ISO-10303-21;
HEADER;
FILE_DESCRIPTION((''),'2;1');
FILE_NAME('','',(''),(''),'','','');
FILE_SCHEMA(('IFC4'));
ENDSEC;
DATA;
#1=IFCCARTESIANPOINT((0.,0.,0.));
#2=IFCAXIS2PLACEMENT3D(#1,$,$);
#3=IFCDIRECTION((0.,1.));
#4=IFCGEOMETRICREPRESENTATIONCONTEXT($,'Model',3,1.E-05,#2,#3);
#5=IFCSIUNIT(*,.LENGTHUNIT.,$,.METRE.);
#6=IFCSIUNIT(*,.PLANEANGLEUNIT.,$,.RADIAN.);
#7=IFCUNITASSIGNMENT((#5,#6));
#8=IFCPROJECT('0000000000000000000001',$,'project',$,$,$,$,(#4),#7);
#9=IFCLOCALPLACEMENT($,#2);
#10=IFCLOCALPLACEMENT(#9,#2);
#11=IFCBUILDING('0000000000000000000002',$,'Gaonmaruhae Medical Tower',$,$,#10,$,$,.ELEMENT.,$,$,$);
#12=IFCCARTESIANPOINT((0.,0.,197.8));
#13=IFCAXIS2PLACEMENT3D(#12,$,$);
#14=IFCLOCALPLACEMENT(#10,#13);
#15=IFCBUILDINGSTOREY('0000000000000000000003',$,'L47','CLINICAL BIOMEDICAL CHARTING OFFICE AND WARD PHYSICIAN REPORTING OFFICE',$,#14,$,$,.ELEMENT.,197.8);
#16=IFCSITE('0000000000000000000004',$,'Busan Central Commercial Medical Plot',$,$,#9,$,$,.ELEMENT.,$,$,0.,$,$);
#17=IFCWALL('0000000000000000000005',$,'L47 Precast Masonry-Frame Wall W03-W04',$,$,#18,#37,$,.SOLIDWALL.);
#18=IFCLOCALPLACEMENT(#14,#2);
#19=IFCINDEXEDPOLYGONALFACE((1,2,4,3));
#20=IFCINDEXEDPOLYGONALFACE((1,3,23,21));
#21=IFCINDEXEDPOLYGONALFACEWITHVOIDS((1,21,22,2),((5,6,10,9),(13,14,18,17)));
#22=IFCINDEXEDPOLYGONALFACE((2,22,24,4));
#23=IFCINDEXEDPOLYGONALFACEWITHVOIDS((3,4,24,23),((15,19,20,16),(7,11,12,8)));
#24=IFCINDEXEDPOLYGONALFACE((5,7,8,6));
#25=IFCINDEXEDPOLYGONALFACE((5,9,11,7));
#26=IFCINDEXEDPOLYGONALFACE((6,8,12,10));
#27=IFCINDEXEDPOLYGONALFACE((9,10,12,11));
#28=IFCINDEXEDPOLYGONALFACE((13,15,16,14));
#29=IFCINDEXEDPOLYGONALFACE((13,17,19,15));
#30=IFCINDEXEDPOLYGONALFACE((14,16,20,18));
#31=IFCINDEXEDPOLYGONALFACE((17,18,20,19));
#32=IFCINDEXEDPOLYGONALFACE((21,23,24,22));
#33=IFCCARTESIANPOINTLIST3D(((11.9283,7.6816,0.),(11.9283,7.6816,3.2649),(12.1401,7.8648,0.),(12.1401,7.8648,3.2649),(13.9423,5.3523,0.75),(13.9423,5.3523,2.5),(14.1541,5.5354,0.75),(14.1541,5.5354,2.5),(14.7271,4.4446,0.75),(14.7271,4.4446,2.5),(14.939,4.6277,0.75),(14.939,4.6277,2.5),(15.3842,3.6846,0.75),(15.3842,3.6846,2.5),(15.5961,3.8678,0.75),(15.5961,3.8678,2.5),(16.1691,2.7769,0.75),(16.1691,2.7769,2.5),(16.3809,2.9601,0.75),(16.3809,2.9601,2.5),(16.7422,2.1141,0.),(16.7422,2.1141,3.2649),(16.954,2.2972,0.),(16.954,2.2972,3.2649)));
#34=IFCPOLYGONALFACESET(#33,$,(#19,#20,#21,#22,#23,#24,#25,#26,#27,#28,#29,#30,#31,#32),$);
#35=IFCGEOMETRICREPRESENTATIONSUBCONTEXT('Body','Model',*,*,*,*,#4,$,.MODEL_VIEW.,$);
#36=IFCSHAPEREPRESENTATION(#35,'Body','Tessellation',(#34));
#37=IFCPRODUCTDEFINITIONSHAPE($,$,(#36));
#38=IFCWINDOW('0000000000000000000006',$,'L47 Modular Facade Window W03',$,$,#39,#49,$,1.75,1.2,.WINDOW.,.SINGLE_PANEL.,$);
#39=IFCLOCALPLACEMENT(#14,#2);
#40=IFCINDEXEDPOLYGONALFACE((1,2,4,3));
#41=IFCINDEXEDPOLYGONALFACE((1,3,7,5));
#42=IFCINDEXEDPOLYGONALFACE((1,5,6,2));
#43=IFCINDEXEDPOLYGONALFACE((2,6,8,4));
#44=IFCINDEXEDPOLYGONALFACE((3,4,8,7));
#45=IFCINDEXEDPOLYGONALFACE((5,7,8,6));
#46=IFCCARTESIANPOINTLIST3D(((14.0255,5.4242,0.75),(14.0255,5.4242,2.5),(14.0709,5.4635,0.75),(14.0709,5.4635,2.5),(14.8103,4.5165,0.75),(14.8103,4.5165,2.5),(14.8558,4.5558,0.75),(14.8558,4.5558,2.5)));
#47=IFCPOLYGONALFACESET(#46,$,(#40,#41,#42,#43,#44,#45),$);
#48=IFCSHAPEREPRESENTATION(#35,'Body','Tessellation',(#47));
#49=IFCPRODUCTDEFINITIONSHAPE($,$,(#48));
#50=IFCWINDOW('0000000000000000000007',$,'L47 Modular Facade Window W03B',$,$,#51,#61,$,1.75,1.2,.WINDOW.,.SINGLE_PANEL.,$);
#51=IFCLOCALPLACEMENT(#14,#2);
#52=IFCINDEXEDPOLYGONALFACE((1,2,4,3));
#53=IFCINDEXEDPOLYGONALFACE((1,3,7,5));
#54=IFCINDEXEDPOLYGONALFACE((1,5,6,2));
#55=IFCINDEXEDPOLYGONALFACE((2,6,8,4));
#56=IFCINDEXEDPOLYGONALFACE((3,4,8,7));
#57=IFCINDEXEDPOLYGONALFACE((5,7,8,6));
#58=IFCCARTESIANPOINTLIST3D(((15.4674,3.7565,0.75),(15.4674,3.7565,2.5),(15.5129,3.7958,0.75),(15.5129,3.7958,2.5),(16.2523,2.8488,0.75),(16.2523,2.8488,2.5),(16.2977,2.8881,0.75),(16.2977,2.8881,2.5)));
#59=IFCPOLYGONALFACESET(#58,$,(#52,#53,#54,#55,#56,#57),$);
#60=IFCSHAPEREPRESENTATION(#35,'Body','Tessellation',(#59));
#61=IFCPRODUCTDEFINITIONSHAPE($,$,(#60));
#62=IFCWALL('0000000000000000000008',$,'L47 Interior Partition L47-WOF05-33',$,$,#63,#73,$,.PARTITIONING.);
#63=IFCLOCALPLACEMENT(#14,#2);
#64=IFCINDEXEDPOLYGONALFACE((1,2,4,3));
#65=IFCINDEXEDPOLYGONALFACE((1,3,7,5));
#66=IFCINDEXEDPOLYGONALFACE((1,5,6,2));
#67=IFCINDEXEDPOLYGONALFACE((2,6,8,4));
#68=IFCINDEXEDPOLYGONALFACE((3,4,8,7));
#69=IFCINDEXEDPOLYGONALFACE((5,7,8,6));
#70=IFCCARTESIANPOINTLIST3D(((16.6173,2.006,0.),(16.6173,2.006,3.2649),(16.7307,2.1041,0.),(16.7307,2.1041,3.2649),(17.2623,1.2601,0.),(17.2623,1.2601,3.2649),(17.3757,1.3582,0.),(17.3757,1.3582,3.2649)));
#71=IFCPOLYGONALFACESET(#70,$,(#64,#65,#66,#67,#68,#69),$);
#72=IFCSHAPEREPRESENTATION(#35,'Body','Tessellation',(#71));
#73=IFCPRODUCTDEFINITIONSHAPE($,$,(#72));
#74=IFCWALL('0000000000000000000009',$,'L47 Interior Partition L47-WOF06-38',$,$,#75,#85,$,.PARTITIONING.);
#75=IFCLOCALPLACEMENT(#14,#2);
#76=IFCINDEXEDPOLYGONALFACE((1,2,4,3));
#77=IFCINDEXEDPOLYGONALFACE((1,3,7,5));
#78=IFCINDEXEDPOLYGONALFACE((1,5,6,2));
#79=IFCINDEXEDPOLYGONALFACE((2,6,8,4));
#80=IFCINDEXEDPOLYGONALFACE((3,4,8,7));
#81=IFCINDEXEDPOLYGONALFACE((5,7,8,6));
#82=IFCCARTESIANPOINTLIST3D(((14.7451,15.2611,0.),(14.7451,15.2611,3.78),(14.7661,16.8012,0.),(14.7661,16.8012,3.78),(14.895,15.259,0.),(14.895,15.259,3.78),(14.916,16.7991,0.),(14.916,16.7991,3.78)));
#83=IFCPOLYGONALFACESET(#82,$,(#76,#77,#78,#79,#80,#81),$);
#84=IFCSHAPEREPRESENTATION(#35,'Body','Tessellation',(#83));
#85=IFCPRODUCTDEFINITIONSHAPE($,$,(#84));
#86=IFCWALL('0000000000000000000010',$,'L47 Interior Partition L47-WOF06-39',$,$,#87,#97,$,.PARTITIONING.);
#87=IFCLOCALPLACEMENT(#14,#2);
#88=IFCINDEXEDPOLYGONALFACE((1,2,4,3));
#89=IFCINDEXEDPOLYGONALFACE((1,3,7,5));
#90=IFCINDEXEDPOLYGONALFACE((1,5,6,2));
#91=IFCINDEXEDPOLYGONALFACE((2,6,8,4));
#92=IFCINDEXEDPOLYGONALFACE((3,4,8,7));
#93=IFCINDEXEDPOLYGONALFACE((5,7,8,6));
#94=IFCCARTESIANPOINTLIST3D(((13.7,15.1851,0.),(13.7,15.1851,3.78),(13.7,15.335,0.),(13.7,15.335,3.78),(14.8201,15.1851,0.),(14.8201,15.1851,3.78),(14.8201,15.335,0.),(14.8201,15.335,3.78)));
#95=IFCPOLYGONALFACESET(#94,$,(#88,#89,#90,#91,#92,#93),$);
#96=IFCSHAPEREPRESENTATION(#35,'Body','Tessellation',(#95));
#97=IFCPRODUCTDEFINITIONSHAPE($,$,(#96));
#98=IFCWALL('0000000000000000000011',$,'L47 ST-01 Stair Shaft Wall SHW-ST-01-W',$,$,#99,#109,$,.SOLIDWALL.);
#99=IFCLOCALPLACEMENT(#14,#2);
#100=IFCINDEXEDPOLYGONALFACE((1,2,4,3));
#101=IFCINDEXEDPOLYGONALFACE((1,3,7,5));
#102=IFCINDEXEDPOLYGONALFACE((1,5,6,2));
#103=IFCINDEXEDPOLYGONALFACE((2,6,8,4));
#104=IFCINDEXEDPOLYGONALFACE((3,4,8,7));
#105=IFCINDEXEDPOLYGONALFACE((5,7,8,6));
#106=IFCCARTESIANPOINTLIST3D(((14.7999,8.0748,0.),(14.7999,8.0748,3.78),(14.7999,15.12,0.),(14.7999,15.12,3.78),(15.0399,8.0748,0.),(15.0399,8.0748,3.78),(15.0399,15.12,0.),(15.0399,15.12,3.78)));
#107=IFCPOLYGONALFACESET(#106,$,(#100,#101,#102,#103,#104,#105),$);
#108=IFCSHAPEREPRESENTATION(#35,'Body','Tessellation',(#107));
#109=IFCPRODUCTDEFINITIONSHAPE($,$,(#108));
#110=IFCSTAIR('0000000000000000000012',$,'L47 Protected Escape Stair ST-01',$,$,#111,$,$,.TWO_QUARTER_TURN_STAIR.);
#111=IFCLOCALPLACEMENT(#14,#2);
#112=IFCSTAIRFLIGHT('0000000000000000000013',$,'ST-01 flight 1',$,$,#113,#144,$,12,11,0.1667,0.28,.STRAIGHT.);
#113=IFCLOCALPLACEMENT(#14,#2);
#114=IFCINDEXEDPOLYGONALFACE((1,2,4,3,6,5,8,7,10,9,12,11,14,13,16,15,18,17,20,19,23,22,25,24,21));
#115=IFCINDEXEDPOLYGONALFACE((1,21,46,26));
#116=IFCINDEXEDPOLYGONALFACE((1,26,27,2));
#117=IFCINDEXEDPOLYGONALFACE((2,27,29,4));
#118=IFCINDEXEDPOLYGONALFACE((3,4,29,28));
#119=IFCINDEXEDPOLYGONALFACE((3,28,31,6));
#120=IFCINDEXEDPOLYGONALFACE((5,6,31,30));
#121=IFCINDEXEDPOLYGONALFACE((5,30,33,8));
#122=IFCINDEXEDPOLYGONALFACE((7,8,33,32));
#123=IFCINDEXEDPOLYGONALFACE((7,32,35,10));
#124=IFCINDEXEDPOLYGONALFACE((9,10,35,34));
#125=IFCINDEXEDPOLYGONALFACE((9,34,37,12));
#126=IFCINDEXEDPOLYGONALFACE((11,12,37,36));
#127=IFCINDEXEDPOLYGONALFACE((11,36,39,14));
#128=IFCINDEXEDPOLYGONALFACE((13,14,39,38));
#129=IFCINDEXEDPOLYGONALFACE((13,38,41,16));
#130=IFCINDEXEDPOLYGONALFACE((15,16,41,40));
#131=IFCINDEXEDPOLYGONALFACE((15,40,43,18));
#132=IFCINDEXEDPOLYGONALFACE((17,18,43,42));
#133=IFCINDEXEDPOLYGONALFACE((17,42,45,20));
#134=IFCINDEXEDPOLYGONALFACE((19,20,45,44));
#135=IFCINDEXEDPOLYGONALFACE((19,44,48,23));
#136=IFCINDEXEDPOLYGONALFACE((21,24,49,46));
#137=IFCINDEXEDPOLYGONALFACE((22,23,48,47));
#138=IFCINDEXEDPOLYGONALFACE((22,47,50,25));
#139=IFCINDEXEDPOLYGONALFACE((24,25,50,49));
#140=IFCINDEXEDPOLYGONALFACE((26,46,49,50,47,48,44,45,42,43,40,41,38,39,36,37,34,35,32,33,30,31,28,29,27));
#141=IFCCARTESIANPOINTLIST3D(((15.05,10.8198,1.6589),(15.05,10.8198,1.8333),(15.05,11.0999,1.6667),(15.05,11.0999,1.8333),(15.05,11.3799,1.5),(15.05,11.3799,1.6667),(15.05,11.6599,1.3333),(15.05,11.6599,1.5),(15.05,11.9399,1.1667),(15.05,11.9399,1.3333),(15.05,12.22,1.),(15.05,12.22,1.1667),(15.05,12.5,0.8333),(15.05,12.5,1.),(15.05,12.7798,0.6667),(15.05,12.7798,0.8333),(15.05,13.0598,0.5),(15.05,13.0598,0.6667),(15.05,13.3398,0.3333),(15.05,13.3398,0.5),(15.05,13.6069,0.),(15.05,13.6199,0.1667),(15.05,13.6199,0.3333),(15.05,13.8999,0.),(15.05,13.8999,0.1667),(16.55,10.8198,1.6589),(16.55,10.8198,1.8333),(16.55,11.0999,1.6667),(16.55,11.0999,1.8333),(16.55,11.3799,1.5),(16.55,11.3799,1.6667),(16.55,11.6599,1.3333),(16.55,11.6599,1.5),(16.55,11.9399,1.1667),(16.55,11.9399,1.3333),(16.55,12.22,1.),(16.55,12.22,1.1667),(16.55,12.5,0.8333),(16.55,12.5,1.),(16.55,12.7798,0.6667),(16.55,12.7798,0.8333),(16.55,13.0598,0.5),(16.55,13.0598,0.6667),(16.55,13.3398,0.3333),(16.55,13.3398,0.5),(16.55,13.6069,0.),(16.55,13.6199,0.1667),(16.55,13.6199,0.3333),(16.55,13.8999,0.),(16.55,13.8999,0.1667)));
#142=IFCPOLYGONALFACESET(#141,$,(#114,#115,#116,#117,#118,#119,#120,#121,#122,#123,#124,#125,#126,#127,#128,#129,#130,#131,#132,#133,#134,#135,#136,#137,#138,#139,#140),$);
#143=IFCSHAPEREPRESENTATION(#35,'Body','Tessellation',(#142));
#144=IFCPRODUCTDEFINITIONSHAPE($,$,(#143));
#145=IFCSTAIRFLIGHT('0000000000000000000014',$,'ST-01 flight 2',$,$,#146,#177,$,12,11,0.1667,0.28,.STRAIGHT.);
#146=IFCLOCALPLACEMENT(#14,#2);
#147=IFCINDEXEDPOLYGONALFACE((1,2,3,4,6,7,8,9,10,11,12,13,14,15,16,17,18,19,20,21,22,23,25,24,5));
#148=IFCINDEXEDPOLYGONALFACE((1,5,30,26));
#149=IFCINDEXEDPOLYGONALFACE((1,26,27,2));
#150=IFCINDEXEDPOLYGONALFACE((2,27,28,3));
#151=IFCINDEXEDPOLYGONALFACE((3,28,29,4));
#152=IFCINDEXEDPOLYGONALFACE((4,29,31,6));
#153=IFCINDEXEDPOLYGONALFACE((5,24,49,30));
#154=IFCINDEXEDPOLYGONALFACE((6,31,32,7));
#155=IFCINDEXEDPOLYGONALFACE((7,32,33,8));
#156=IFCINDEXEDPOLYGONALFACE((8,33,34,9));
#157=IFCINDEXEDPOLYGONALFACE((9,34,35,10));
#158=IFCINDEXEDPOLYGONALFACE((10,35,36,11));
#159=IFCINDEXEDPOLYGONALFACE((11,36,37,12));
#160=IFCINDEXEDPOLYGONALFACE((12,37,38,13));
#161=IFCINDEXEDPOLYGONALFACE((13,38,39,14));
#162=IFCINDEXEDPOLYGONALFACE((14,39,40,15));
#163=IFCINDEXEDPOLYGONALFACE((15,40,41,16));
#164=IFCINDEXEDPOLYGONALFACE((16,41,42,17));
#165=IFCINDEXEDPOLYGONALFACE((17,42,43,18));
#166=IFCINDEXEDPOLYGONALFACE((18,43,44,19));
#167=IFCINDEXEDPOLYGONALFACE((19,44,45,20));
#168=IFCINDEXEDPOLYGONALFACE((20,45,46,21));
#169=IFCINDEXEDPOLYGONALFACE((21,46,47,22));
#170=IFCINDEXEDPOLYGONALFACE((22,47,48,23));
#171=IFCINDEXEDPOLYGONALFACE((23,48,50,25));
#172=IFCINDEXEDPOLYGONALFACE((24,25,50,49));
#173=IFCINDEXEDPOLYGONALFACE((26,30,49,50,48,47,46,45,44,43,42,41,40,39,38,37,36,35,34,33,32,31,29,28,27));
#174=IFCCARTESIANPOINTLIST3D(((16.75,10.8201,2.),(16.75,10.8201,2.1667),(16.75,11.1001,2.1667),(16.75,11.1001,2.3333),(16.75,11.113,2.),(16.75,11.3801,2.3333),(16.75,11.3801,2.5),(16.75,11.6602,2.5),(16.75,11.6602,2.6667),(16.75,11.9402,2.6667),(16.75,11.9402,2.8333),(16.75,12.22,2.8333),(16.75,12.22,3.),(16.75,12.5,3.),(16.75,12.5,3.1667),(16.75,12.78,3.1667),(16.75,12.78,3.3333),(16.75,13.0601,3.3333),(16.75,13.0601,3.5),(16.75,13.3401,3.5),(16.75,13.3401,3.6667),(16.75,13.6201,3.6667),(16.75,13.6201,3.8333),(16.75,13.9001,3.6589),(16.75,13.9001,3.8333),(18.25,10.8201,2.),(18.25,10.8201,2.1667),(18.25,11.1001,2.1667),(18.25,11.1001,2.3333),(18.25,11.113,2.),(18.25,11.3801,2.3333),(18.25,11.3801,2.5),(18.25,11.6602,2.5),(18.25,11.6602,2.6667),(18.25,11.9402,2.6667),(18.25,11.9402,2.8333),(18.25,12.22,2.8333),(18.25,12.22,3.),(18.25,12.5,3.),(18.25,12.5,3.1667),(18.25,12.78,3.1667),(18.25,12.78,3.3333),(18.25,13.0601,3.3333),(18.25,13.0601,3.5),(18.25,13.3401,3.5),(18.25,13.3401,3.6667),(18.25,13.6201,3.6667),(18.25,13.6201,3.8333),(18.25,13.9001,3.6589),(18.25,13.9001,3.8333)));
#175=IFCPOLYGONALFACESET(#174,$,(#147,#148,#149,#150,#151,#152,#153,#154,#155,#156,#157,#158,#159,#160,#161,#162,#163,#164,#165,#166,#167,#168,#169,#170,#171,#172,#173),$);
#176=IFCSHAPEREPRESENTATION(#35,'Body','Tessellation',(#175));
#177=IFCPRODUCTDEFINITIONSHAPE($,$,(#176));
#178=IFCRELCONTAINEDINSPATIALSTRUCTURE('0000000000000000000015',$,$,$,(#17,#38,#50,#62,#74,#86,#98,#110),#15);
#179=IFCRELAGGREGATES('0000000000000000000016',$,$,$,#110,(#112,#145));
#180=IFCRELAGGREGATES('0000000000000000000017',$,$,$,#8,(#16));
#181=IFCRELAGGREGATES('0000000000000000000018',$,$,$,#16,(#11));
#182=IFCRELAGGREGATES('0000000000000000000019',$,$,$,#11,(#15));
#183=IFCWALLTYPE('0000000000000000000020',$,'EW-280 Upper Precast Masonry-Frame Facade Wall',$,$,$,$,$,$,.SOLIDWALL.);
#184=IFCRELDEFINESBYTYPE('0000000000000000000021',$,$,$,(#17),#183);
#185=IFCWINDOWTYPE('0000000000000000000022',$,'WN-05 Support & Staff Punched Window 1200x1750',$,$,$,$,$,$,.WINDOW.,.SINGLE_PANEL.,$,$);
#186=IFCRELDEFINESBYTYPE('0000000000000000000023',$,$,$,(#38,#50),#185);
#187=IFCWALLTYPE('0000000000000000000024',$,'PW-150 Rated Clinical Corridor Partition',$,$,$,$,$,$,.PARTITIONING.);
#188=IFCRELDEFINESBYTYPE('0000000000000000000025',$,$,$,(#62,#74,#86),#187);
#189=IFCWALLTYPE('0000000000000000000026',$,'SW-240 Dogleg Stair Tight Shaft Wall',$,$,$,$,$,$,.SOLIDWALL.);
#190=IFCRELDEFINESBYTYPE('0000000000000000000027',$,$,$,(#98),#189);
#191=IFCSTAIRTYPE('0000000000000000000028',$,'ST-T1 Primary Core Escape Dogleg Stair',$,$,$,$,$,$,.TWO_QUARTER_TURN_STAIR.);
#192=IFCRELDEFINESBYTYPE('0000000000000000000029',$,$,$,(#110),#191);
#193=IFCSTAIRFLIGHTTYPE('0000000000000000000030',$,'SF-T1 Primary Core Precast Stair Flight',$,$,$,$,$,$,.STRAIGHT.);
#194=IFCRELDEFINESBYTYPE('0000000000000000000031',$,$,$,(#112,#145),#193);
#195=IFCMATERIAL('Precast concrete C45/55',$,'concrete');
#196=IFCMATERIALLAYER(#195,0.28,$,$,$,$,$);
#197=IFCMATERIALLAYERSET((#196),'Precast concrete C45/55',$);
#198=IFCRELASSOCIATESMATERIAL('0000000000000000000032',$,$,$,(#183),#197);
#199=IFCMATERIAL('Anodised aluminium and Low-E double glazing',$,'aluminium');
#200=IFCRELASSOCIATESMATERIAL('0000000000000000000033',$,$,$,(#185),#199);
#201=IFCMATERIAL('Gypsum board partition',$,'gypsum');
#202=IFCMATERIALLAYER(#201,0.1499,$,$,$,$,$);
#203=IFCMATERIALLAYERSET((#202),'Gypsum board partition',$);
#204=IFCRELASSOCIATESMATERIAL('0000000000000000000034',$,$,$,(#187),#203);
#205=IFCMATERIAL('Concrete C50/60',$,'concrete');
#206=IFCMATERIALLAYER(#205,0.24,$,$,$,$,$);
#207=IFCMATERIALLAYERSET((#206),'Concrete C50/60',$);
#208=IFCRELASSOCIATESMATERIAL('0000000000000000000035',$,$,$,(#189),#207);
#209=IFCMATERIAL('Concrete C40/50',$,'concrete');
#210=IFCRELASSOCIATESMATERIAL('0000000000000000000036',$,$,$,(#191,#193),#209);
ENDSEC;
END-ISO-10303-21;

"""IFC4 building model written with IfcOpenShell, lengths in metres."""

from ifc_helpers import new_model, si_unit, direction, frame, frame_2d, origin, place, context, subcontext, project, spatial, polyline, rectangle, outline, extrude, material, layer, layer_set, type_object, element, fill, aggregate, save


model = new_model("IFC4")

# Units and contexts
model_context = context("Model", 3, precision=1e-05, world=origin(), true_north=direction((0.0, 1.0)))
body_context = subcontext(model_context, "Body", "Model", "MODEL_VIEW")
ifc_project = project(units=[si_unit("LENGTHUNIT", "METRE"), si_unit("PLANEANGLEUNIT", "RADIAN")], contexts=[model_context])

# Site, building, storey
site_placement = place(None, origin())
site = spatial("IfcSite", under=ifc_project, at=site_placement, Name="Busan Central Commercial Medical Plot", CompositionType="ELEMENT", RefElevation=0.0)
building_placement = place(site_placement, origin())
building = spatial("IfcBuilding", under=site, at=building_placement, Name="Gaonmaruhae Medical Tower", CompositionType="ELEMENT")
storey_placement = place(building_placement, frame((0.0, 0.0, 197.8)))
storey = spatial("IfcBuildingStorey", under=building, at=storey_placement, Name="L47", Description="CLINICAL BIOMEDICAL CHARTING OFFICE AND WARD PHYSICIAN REPORTING OFFICE", CompositionType="ELEMENT", Elevation=197.8)

# Shared definitions
ifc_material_1 = material(Name="Concrete C50/60", Category="concrete")

# Wall, openings, windows
ifc_material_2 = material(Name="Precast concrete C45/55", Category="concrete")
ifc_layer_1 = layer(ifc_material_2, 0.28)
ifc_layer_set_1 = layer_set([ifc_layer_1], Name="Precast concrete C45/55")
wall_type_1 = type_object("IfcWallType", Name="EW-280 Upper Precast Masonry-Frame Facade Wall", PredefinedType="SOLIDWALL", material=ifc_layer_set_1)
wall_1_placement = place(storey_placement, frame((16.8481, 2.2056, 0.0), z_axis=(0.0, 0.0, 1.0), x_axis=(-0.654052, 0.756449, 0.0)))
wall_1 = element("IfcWall", 1, at=wall_1_placement, inside=storey, type_object=wall_type_1, Name="L47 Precast Masonry-Frame Wall W03-W04", PredefinedType="SOLIDWALL", context=body_context, shape_type="SweptSolid", body=[
    extrude(rectangle(XDim=7.3601, YDim=0.28, at=frame_2d((3.6802, 0.0))), origin(), (0.0, 0.0, 1.0), 3.2649),
])
opening_1_placement = place(wall_1_placement, frame((3.0808, 0.0, 0.75)))
opening_1 = element("IfcOpeningElement", 2, at=opening_1_placement, cuts=wall_1, PredefinedType="OPENING", context=body_context, shape_type="SweptSolid", body=[
    extrude(rectangle(XDim=1.2, YDim=1.75, at=frame_2d((0.6001, 0.875))), frame((0.0, 0.1499, 0.0), z_axis=(0.0, -1.0, 0.0), x_axis=(1.0, 0.0, 0.0)), (0.0, 0.0, 1.0), 0.3),
])
opening_2_placement = place(wall_1_placement, frame((0.8762, 0.0, 0.75)))
opening_2 = element("IfcOpeningElement", 3, at=opening_2_placement, cuts=wall_1, PredefinedType="OPENING", context=body_context, shape_type="SweptSolid", body=[
    extrude(rectangle(XDim=1.2, YDim=1.75, at=frame_2d((0.6001, 0.875))), frame((0.0, 0.1499, 0.0), z_axis=(0.0, -1.0, 0.0), x_axis=(1.0, 0.0, 0.0)), (0.0, 0.0, 1.0), 0.3),
])
ifc_material_3 = material(Name="Anodised aluminium and Low-E double glazing", Category="aluminium")
window_type = type_object("IfcWindowType", Name="WN-05 Support & Staff Punched Window 1200x1750", PartitioningType="SINGLE_PANEL", PredefinedType="WINDOW", material=ifc_material_3)
window_1_placement = place(opening_1_placement, origin())
window_1 = element("IfcWindow", 4, at=window_1_placement, inside=storey, type_object=window_type, Name="L47 Modular Facade Window W03", OverallHeight=1.75, OverallWidth=1.2, PartitioningType="SINGLE_PANEL", PredefinedType="WINDOW", context=body_context, shape_type="SweptSolid", body=[
    extrude(rectangle(XDim=1.2, YDim=1.75, at=frame_2d((0.6001, 0.875))), frame((0.0, 0.03, 0.0), z_axis=(0.0, -1.0, 0.0), x_axis=(1.0, 0.0, 0.0)), (0.0, 0.0, 1.0), 0.0601),
])
fill(opening_1, window_1)
window_2_placement = place(opening_2_placement, origin())
window_2 = element("IfcWindow", 5, at=window_2_placement, inside=storey, type_object=window_type, Name="L47 Modular Facade Window W03B", OverallHeight=1.75, OverallWidth=1.2, PartitioningType="SINGLE_PANEL", PredefinedType="WINDOW", context=body_context, shape_type="SweptSolid", body=[
    extrude(rectangle(XDim=1.2, YDim=1.75, at=frame_2d((0.6001, 0.875))), frame((0.0, 0.03, 0.0), z_axis=(0.0, -1.0, 0.0), x_axis=(1.0, 0.0, 0.0)), (0.0, 0.0, 1.0), 0.0601),
])
fill(opening_2, window_2)

# Walls
ifc_material_4 = material(Name="Gypsum board partition", Category="gypsum")
ifc_layer_2 = layer(ifc_material_4, 0.1499)
ifc_layer_set_2 = layer_set([ifc_layer_2], Name="Gypsum board partition")
wall_type_2 = type_object("IfcWallType", Name="PW-150 Rated Clinical Corridor Partition", PredefinedType="PARTITIONING", material=ifc_layer_set_2)
wall_2_placement = place(storey_placement, frame((17.3191, 1.3091, 0.0), z_axis=(0.0, 0.0, 1.0), x_axis=(-0.654129, 0.756383, 0.0)))
element("IfcWall", 6, at=wall_2_placement, inside=storey, type_object=wall_type_2, Name="L47 Interior Partition L47-WOF05-33", PredefinedType="PARTITIONING", context=body_context, shape_type="SweptSolid", body=[
    extrude(rectangle(XDim=0.9861, YDim=0.1499, at=frame_2d((0.4932, 0.0))), origin(), (0.0, 0.0, 1.0), 3.2649),
])
wall_3_placement = place(storey_placement, frame((14.8411, 16.8, 0.0), z_axis=(0.0, 0.0, 1.0), x_axis=(-0.013632, -0.999907, 0.0)))
element("IfcWall", 7, at=wall_3_placement, inside=storey, type_object=wall_type_2, Name="L47 Interior Partition L47-WOF06-38", PredefinedType="PARTITIONING", context=body_context, shape_type="SweptSolid", body=[
    extrude(rectangle(XDim=1.5403, YDim=0.1499, at=frame_2d((0.77, 0.0))), origin(), (0.0, 0.0, 1.0), 3.78),
])
wall_4_placement = place(storey_placement, frame((14.8201, 15.26, 0.0), z_axis=(0.0, 0.0, 1.0), x_axis=(-1.0, 0.0, 0.0)))
element("IfcWall", 8, at=wall_4_placement, inside=storey, type_object=wall_type_2, Name="L47 Interior Partition L47-WOF06-39", PredefinedType="PARTITIONING", context=body_context, shape_type="SweptSolid", body=[
    extrude(rectangle(XDim=1.1201, YDim=0.1499, at=frame_2d((0.5601, 0.0))), origin(), (0.0, 0.0, 1.0), 3.78),
])

# Shared definitions
ifc_layer_3 = layer(ifc_material_1, 0.24)
ifc_layer_set_3 = layer_set([ifc_layer_3], Name="Concrete C50/60")
wall_type_3 = type_object("IfcWallType", Name="SW-240 Dogleg Stair Tight Shaft Wall", PredefinedType="SOLIDWALL", material=ifc_layer_set_3)

# Wall
wall_5_placement = place(storey_placement, frame((14.9199, 8.075, 0.0), z_axis=(0.0, 0.0, 1.0), x_axis=(0.0, 1.0, 0.0)))
element("IfcWall", 9, at=wall_5_placement, inside=storey, type_object=wall_type_3, Name="L47 ST-01 Stair Shaft Wall SHW-ST-01-W", PredefinedType="SOLIDWALL", context=body_context, shape_type="SweptSolid", body=[
    extrude(rectangle(XDim=7.0452, YDim=0.24, at=frame_2d((3.5225, 0.0))), origin(), (0.0, 0.0, 1.0), 3.78),
])

# Stair, stair flights
ifc_material_5 = material(Name="Concrete C40/50", Category="concrete")
stair_type = type_object("IfcStairType", Name="ST-T1 Primary Core Escape Dogleg Stair", PredefinedType="TWO_QUARTER_TURN_STAIR", material=ifc_material_5)
stair_placement = place(storey_placement, origin())
stair = element("IfcStair", 10, at=stair_placement, inside=storey, type_object=stair_type, Name="L47 Protected Escape Stair ST-01", PredefinedType="TWO_QUARTER_TURN_STAIR")
stair_flight_type = type_object("IfcStairFlightType", Name="SF-T1 Primary Core Precast Stair Flight", PredefinedType="STRAIGHT", material=ifc_material_5)
stair_flight_1_placement = place(storey_placement, frame((15.8, 13.8999, 0.0), z_axis=(0.0, 0.0, 1.0), x_axis=(0.0, -1.0, 0.0)))
stair_flight_1 = element("IfcStairFlight", 11, at=stair_flight_1_placement, type_object=stair_flight_type, Name="ST-01 flight 1", NumberOfRisers=12, NumberOfTreads=11, PredefinedType="STRAIGHT", RiserHeight=0.1667, TreadLength=0.28, context=body_context, shape_type="SweptSolid", body=[
    extrude(outline(polyline([(0.0, 0.0), (0.0, 0.1667), (0.28, 0.1667), (0.28, 0.3333), (0.5601, 0.3333), (0.5601, 0.5), (0.8401, 0.5), (0.8401, 0.6667), (1.1201, 0.6667), (1.1201, 0.8333), (1.3999, 0.8333), (1.3999, 1.0), (1.6799, 1.0), (1.6799, 1.1667), (1.96, 1.1667), (1.96, 1.3333), (2.24, 1.3333), (2.24, 1.5), (2.52, 1.5), (2.52, 1.6667), (2.8, 1.6667), (2.8, 1.8333), (3.0801, 1.8333), (3.0801, 2.0), (3.0801, 1.6589), (0.293, 0.0), (0.0, 0.0)])), frame((0.0, 0.75, 0.0), z_axis=(0.0, -1.0, 0.0), x_axis=(1.0, 0.0, 0.0)), (0.0, 0.0, 1.0), 1.5),
])
stair_flight_2_placement = place(storey_placement, frame((17.5, 10.8201, 2.0), z_axis=(0.0, 0.0, 1.0), x_axis=(0.0, 1.0, 0.0)))
stair_flight_2 = element("IfcStairFlight", 12, at=stair_flight_2_placement, type_object=stair_flight_type, Name="ST-01 flight 2", NumberOfRisers=12, NumberOfTreads=11, PredefinedType="STRAIGHT", RiserHeight=0.1667, TreadLength=0.28, context=body_context, shape_type="SweptSolid", body=[
    extrude(outline(polyline([(0.0, 0.0), (0.0, 0.1667), (0.28, 0.1667), (0.28, 0.3333), (0.5601, 0.3333), (0.5601, 0.5), (0.8401, 0.5), (0.8401, 0.6667), (1.1201, 0.6667), (1.1201, 0.8333), (1.3999, 0.8333), (1.3999, 1.0), (1.6799, 1.0), (1.6799, 1.1667), (1.96, 1.1667), (1.96, 1.3333), (2.24, 1.3333), (2.24, 1.5), (2.52, 1.5), (2.52, 1.6667), (2.8, 1.6667), (2.8, 1.8333), (3.0801, 1.8333), (3.0801, 2.0), (3.0801, 1.6589), (0.293, 0.0), (0.0, 0.0)])), frame((0.0, 0.75, 0.0), z_axis=(0.0, -1.0, 0.0), x_axis=(1.0, 0.0, 0.0)), (0.0, 0.0, 1.0), 1.5),
])
aggregate(stair, [stair_flight_1, stair_flight_2])

save(model, "model.ifc")
